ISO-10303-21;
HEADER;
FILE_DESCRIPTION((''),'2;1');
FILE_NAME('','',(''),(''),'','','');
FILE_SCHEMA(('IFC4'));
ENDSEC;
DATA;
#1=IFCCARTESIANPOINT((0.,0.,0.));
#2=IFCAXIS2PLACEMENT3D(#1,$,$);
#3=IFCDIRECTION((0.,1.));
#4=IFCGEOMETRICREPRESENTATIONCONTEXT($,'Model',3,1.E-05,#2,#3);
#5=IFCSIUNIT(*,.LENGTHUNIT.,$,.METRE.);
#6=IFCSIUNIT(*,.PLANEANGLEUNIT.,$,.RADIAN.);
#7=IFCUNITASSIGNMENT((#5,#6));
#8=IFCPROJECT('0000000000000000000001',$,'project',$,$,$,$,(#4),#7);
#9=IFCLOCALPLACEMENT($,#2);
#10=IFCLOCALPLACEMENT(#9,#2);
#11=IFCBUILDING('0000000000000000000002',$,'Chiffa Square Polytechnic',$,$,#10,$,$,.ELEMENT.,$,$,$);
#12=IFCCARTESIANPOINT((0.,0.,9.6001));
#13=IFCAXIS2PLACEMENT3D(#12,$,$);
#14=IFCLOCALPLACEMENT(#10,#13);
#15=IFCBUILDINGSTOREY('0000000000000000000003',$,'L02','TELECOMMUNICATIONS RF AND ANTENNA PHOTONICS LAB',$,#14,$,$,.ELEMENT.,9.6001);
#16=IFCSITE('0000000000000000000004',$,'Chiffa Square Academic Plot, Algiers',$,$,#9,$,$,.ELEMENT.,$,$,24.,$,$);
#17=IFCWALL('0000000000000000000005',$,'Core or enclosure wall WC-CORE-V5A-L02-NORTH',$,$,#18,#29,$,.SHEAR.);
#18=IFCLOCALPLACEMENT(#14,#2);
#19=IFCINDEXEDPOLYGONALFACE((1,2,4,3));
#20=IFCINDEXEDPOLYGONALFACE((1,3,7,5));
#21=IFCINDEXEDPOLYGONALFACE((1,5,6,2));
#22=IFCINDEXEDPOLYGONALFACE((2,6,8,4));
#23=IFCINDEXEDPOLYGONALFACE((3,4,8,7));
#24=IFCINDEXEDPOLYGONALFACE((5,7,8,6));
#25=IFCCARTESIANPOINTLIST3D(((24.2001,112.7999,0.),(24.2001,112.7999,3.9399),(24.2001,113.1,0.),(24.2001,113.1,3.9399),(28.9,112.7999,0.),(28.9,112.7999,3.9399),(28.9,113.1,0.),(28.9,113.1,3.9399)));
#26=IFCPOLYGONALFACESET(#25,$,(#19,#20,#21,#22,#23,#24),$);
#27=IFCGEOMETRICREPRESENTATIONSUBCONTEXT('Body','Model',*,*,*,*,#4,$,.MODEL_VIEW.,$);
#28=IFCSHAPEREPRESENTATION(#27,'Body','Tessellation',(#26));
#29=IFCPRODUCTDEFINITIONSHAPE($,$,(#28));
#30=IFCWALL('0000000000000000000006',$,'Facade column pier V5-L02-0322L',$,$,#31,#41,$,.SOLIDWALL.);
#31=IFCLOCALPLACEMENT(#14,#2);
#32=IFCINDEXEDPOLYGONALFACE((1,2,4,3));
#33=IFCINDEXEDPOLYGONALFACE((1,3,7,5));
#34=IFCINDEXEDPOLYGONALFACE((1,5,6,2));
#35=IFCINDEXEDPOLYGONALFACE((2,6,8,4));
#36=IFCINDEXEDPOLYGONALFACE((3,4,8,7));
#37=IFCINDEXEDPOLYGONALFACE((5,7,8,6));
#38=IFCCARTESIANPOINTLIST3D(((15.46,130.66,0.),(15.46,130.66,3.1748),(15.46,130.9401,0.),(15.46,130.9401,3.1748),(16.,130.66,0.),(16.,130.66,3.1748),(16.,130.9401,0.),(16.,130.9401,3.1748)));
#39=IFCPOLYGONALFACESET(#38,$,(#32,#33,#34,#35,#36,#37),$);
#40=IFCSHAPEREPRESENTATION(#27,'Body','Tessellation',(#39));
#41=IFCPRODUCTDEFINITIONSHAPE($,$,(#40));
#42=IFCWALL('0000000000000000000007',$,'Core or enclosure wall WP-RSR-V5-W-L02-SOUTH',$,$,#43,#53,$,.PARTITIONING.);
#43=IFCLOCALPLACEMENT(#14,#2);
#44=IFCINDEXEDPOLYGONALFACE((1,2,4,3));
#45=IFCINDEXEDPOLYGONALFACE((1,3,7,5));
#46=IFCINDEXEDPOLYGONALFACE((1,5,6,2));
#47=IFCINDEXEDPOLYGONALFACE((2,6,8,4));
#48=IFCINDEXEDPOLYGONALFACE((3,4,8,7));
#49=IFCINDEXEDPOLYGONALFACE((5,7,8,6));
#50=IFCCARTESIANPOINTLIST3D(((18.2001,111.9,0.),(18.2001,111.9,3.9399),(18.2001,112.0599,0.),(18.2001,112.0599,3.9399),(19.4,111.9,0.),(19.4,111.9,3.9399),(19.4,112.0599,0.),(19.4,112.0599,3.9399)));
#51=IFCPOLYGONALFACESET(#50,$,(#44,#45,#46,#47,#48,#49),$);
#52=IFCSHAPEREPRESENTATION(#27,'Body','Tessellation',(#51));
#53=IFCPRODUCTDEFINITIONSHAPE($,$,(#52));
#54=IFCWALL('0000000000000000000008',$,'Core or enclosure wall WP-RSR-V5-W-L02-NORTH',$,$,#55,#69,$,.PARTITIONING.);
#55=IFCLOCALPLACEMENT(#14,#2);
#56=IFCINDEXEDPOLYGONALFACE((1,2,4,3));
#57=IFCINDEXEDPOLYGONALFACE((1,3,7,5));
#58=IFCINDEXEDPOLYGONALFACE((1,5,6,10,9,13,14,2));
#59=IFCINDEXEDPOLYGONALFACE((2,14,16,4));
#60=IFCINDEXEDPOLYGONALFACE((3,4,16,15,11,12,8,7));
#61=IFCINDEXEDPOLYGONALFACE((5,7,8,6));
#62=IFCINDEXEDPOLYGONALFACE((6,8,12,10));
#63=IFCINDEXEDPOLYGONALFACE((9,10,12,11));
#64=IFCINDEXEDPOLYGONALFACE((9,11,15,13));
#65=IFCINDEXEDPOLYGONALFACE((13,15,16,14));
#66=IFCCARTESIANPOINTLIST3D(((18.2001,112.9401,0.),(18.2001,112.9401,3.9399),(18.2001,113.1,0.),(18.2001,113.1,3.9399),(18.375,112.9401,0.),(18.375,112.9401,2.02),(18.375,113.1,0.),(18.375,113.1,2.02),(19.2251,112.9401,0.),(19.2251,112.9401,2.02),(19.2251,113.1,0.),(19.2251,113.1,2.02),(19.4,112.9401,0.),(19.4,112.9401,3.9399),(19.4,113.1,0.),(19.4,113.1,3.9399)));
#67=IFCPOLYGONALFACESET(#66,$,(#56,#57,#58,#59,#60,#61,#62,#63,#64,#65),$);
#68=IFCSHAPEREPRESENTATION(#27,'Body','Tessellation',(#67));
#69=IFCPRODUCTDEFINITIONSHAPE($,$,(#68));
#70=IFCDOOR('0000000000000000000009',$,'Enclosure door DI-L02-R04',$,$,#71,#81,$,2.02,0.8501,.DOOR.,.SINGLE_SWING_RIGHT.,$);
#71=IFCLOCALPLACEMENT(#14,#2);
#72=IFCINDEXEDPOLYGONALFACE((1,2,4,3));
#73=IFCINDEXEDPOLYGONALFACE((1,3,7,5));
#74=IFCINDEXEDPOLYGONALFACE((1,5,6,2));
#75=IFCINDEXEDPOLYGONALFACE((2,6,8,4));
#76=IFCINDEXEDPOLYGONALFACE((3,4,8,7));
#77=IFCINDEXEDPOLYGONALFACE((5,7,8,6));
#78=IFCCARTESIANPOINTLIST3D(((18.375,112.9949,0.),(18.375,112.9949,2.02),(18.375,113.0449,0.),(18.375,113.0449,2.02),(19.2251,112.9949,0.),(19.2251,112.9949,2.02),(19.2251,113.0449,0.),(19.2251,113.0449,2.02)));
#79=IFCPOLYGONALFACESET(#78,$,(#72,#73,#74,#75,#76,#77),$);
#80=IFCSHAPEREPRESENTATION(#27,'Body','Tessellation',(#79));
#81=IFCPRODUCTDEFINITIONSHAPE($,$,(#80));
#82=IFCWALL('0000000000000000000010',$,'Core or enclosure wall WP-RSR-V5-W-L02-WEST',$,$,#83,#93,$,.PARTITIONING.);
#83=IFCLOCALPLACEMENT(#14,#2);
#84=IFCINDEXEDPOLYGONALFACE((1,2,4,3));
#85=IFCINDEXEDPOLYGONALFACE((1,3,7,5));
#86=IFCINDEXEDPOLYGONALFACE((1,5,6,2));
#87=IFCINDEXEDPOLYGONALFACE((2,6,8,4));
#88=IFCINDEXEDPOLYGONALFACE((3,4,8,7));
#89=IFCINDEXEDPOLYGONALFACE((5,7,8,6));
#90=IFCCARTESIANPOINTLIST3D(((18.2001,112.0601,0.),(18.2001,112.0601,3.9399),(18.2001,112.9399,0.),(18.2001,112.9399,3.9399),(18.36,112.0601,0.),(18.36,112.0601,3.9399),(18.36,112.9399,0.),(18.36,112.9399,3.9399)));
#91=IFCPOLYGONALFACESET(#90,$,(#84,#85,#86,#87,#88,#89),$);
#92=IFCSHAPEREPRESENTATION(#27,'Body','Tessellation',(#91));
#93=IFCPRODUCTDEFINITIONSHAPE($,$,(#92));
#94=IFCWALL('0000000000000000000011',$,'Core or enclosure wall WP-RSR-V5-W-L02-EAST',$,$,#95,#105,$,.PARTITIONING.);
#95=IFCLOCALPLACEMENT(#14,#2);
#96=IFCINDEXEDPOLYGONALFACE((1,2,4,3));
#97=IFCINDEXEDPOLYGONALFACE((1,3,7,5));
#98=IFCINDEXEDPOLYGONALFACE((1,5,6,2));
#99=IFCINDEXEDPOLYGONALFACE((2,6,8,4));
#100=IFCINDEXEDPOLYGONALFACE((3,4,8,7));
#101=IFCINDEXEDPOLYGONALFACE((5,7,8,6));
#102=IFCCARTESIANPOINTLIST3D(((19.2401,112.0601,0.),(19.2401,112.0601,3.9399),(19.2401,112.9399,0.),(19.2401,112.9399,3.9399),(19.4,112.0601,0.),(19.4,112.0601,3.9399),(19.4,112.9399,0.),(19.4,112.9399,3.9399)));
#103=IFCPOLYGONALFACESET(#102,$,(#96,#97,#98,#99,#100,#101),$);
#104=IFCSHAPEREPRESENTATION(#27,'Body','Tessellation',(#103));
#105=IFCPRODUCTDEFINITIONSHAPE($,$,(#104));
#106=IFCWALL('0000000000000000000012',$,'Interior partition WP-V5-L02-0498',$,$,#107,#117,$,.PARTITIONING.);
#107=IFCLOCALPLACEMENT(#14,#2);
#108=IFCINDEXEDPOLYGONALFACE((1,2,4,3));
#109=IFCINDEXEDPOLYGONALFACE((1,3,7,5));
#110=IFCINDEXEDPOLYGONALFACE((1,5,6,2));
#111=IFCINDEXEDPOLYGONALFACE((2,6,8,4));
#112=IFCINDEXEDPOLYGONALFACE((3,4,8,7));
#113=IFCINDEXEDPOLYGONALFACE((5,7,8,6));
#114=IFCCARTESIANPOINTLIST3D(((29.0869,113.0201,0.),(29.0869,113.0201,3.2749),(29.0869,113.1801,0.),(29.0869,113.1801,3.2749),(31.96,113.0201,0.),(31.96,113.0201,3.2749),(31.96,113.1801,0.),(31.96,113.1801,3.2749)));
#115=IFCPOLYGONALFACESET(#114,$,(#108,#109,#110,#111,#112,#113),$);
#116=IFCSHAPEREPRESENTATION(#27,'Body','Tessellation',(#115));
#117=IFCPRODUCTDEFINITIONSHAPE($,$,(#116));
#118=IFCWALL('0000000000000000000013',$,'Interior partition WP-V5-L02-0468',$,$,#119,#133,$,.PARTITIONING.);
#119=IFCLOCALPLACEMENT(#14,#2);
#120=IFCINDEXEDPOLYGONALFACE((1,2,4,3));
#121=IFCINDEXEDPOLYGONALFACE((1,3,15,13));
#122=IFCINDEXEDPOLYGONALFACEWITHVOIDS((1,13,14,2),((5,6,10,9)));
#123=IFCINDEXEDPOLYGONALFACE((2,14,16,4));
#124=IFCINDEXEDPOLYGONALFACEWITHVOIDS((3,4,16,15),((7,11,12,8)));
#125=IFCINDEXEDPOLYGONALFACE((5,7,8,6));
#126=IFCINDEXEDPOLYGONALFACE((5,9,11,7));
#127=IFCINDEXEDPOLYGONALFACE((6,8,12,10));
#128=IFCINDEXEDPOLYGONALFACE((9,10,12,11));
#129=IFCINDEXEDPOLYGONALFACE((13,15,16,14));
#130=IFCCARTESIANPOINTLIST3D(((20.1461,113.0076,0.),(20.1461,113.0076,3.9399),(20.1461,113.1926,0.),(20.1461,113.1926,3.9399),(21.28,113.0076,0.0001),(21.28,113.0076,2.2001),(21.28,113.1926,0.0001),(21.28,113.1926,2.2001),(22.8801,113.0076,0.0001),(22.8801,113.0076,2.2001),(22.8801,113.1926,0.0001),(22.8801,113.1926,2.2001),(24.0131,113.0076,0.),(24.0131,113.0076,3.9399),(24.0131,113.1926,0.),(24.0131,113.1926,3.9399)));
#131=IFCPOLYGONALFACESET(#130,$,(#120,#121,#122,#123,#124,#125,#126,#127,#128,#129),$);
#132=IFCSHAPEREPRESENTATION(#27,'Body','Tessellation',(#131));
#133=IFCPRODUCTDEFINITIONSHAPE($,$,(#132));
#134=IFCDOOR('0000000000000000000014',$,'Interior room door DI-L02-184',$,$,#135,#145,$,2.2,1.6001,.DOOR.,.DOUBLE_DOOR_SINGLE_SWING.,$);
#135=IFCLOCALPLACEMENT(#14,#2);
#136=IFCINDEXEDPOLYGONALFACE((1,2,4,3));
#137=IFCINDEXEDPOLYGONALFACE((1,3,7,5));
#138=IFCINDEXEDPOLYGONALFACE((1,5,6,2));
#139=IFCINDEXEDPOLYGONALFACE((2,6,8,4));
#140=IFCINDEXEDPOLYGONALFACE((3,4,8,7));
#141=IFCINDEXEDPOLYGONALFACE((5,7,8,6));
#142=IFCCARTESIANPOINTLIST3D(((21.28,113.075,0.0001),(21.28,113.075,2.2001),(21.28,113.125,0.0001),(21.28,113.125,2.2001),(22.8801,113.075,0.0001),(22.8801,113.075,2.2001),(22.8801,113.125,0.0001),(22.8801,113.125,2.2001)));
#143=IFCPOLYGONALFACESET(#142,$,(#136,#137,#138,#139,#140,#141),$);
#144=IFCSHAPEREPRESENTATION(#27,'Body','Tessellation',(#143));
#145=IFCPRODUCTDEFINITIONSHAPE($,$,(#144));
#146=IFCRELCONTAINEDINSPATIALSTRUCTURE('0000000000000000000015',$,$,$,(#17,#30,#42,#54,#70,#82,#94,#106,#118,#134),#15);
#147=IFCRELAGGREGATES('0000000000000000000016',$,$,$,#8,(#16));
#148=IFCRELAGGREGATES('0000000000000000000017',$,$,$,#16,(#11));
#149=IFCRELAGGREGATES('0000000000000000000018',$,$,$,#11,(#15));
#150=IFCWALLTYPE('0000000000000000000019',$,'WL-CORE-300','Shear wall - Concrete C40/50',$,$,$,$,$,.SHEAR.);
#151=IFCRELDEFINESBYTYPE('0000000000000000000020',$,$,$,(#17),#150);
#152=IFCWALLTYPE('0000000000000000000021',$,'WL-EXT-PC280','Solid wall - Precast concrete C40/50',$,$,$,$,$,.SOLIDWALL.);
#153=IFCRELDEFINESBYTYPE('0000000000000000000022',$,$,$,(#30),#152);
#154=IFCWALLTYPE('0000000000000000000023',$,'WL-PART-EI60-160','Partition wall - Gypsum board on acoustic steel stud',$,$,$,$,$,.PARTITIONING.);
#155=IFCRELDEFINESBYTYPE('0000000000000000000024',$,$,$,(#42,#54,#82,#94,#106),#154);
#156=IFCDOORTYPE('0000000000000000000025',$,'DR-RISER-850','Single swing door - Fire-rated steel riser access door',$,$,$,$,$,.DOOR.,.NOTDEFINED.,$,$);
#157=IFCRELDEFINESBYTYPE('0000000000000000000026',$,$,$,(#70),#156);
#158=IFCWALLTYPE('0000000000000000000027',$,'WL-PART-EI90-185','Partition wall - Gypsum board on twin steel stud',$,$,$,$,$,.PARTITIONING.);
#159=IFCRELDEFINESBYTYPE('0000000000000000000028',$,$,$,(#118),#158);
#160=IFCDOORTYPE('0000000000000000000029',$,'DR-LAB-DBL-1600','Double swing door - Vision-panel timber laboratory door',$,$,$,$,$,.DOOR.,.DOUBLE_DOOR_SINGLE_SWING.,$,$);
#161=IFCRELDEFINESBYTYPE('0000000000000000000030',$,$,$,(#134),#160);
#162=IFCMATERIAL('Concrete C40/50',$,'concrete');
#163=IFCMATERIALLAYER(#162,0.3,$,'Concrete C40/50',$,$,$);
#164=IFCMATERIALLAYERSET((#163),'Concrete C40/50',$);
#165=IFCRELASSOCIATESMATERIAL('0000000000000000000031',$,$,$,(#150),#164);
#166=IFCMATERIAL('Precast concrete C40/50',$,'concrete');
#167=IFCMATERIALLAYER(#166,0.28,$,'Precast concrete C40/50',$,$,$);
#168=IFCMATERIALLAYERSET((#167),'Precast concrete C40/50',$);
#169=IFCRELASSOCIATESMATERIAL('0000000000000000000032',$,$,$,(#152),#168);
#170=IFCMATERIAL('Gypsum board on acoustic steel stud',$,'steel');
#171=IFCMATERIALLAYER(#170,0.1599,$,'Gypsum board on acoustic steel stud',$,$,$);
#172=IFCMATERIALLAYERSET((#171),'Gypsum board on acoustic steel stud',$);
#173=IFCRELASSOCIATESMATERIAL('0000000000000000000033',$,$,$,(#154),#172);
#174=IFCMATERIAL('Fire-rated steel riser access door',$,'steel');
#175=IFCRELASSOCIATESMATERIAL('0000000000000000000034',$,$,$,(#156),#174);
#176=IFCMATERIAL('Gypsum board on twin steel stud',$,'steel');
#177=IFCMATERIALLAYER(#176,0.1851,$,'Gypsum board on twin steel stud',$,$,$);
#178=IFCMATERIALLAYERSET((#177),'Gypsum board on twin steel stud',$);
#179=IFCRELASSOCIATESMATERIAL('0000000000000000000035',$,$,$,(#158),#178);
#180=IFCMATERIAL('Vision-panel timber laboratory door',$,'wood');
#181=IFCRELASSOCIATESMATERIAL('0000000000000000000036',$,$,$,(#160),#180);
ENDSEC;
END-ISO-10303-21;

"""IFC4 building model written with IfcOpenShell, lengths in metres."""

from ifc_helpers import new_model, si_unit, direction, frame, frame_2d, origin, place, context, subcontext, project, spatial, rectangle, extrude, material, layer, layer_set, type_object, element, fill, save


model = new_model("IFC4")

# Units and contexts
model_context = context("Model", 3, precision=1e-05, world=origin(), true_north=direction((0.0, 1.0)))
body_context = subcontext(model_context, "Body", "Model", "MODEL_VIEW")
ifc_project = project(units=[si_unit("LENGTHUNIT", "METRE"), si_unit("PLANEANGLEUNIT", "RADIAN")], contexts=[model_context])

# Site, building, storey
site_placement = place(None, origin())
site = spatial("IfcSite", under=ifc_project, at=site_placement, Name="Chiffa Square Academic Plot, Algiers", CompositionType="ELEMENT", RefElevation=24.0)
building_placement = place(site_placement, origin())
building = spatial("IfcBuilding", under=site, at=building_placement, Name="Chiffa Square Polytechnic", CompositionType="ELEMENT")
storey_placement = place(building_placement, frame((0.0, 0.0, 9.6001)))
storey = spatial("IfcBuildingStorey", under=building, at=storey_placement, Name="L02", Description="TELECOMMUNICATIONS RF AND ANTENNA PHOTONICS LAB", CompositionType="ELEMENT", Elevation=9.6001)

# Walls
ifc_material_1 = material(Name="Concrete C40/50", Category="concrete")
ifc_layer_1 = layer(ifc_material_1, 0.3, Name="Concrete C40/50")
ifc_layer_set_1 = layer_set([ifc_layer_1], Name="Concrete C40/50")
wall_type_1 = type_object("IfcWallType", Name="WL-CORE-300", Description="Shear wall - Concrete C40/50", PredefinedType="SHEAR", material=ifc_layer_set_1)
wall_1_placement = place(storey_placement, frame((24.2, 112.95, 0.0), z_axis=(0.0, 0.0, 1.0), x_axis=(1.0, 0.0, 0.0)))
element("IfcWall", 1, at=wall_1_placement, inside=storey, type_object=wall_type_1, Name="Core or enclosure wall WC-CORE-V5A-L02-NORTH", PredefinedType="SHEAR", context=body_context, shape_type="SweptSolid", body=[
    extrude(rectangle(XDim=4.7, YDim=0.3, at=frame_2d((2.3501, 0.0))), origin(), (0.0, 0.0, 1.0), 3.9399),
])
ifc_material_2 = material(Name="Precast concrete C40/50", Category="concrete")
ifc_layer_2 = layer(ifc_material_2, 0.28, Name="Precast concrete C40/50")
ifc_layer_set_2 = layer_set([ifc_layer_2], Name="Precast concrete C40/50")
wall_type_2 = type_object("IfcWallType", Name="WL-EXT-PC280", Description="Solid wall - Precast concrete C40/50", PredefinedType="SOLIDWALL", material=ifc_layer_set_2)
wall_2_placement = place(storey_placement, frame((16.0, 130.8, 0.0), z_axis=(0.0, 0.0, 1.0), x_axis=(-1.0, 0.0, 0.0)))
element("IfcWall", 2, at=wall_2_placement, inside=storey, type_object=wall_type_2, Name="Facade column pier V5-L02-0322L", PredefinedType="SOLIDWALL", context=body_context, shape_type="SweptSolid", body=[
    extrude(rectangle(XDim=0.54, YDim=0.28, at=frame_2d((0.27, 0.0))), origin(), (0.0, 0.0, 1.0), 3.1748),
])
ifc_material_3 = material(Name="Gypsum board on acoustic steel stud", Category="steel")
ifc_layer_3 = layer(ifc_material_3, 0.1599, Name="Gypsum board on acoustic steel stud")
ifc_layer_set_3 = layer_set([ifc_layer_3], Name="Gypsum board on acoustic steel stud")
wall_type_3 = type_object("IfcWallType", Name="WL-PART-EI60-160", Description="Partition wall - Gypsum board on acoustic steel stud", PredefinedType="PARTITIONING", material=ifc_layer_set_3)
wall_3_placement = place(storey_placement, frame((18.2, 111.98, 0.0), z_axis=(0.0, 0.0, 1.0), x_axis=(1.0, 0.0, 0.0)))
element("IfcWall", 3, at=wall_3_placement, inside=storey, type_object=wall_type_3, Name="Core or enclosure wall WP-RSR-V5-W-L02-SOUTH", PredefinedType="PARTITIONING", context=body_context, shape_type="SweptSolid", body=[
    extrude(rectangle(XDim=1.2, YDim=0.1599, at=frame_2d((0.6001, 0.0))), origin(), (0.0, 0.0, 1.0), 3.9399),
])

# Wall, opening, door
wall_4_placement = place(storey_placement, frame((18.2, 113.02, 0.0), z_axis=(0.0, 0.0, 1.0), x_axis=(1.0, 0.0, 0.0)))
wall_4 = element("IfcWall", 4, at=wall_4_placement, inside=storey, type_object=wall_type_3, Name="Core or enclosure wall WP-RSR-V5-W-L02-NORTH", PredefinedType="PARTITIONING", context=body_context, shape_type="SweptSolid", body=[
    extrude(rectangle(XDim=1.2, YDim=0.1599, at=frame_2d((0.6001, 0.0))), origin(), (0.0, 0.0, 1.0), 3.9399),
])
opening_1_placement = place(wall_4_placement, frame((0.175, 0.0, 0.0)))
opening_1 = element("IfcOpeningElement", 5, at=opening_1_placement, cuts=wall_4, PredefinedType="OPENING", context=body_context, shape_type="SweptSolid", body=[
    extrude(rectangle(XDim=0.8501, YDim=2.02, at=frame_2d((0.425, 1.01))), frame((0.0, 0.0898, 0.0), z_axis=(0.0, -1.0, 0.0), x_axis=(1.0, 0.0, 0.0)), (0.0, 0.0, 1.0), 0.1799),
])
ifc_material_4 = material(Name="Fire-rated steel riser access door", Category="steel")
door_type_1 = type_object("IfcDoorType", Name="DR-RISER-850", Description="Single swing door - Fire-rated steel riser access door", OperationType="NOTDEFINED", PredefinedType="DOOR", material=ifc_material_4)
door_1_placement = place(opening_1_placement, origin())
door_1 = element("IfcDoor", 6, at=door_1_placement, inside=storey, type_object=door_type_1, Name="Enclosure door DI-L02-R04", OperationType="SINGLE_SWING_RIGHT", OverallHeight=2.02, OverallWidth=0.8501, PredefinedType="DOOR", context=body_context, shape_type="SweptSolid", body=[
    extrude(rectangle(XDim=0.8501, YDim=2.02, at=frame_2d((0.425, 1.01))), frame((0.0, 0.0249, 0.0), z_axis=(0.0, -1.0, 0.0), x_axis=(1.0, 0.0, 0.0)), (0.0, 0.0, 1.0), 0.05),
])
fill(opening_1, door_1)

# Walls
for number, where, z_axis, x_axis, name in (
    (7, (18.28, 112.0601, 0.0), (0.0, 0.0, 1.0), (0.0, 1.0, 0.0), "Core or enclosure wall WP-RSR-V5-W-L02-WEST"),
    (8, (19.3201, 112.0601, 0.0), (0.0, 0.0, 1.0), (0.0, 1.0, 0.0), "Core or enclosure wall WP-RSR-V5-W-L02-EAST"),
):
    element("IfcWall", number, at=place(storey_placement, frame(where, z_axis=z_axis, x_axis=x_axis)), inside=storey, type_object=wall_type_3, Name=name, PredefinedType="PARTITIONING", context=body_context, shape_type="SweptSolid", body=[
        extrude(rectangle(XDim=0.8799, YDim=0.1599, at=frame_2d((0.4399, 0.0))), origin(), (0.0, 0.0, 1.0), 3.9399),
    ])
wall_5_placement = place(storey_placement, frame((29.0869, 113.1001, 0.0), z_axis=(0.0, 0.0, 1.0), x_axis=(1.0, 0.0, 0.0)))
element("IfcWall", 9, at=wall_5_placement, inside=storey, type_object=wall_type_3, Name="Interior partition WP-V5-L02-0498", PredefinedType="PARTITIONING", context=body_context, shape_type="SweptSolid", body=[
    extrude(rectangle(XDim=2.873, YDim=0.1599, at=frame_2d((1.4365, 0.0))), origin(), (0.0, 0.0, 1.0), 3.2749),
])

# Wall, opening, door
ifc_material_5 = material(Name="Gypsum board on twin steel stud", Category="steel")
ifc_layer_4 = layer(ifc_material_5, 0.1851, Name="Gypsum board on twin steel stud")
ifc_layer_set_4 = layer_set([ifc_layer_4], Name="Gypsum board on twin steel stud")
wall_type_4 = type_object("IfcWallType", Name="WL-PART-EI90-185", Description="Partition wall - Gypsum board on twin steel stud", PredefinedType="PARTITIONING", material=ifc_layer_set_4)
wall_6_placement = place(storey_placement, frame((20.146, 113.1001, 0.0), z_axis=(0.0, 0.0, 1.0), x_axis=(1.0, 0.0, 0.0)))
wall_6 = element("IfcWall", 10, at=wall_6_placement, inside=storey, type_object=wall_type_4, Name="Interior partition WP-V5-L02-0468", PredefinedType="PARTITIONING", context=body_context, shape_type="SweptSolid", body=[
    extrude(rectangle(XDim=3.8669, YDim=0.1851, at=frame_2d((1.9336, 0.0))), origin(), (0.0, 0.0, 1.0), 3.9399),
])
opening_2_placement = place(wall_6_placement, frame((1.134, 0.0, 0.0)))
opening_2 = element("IfcOpeningElement", 11, at=opening_2_placement, cuts=wall_6, PredefinedType="OPENING", context=body_context, shape_type="SweptSolid", body=[
    extrude(rectangle(XDim=1.6001, YDim=2.2, at=frame_2d((0.8, 1.1001))), frame((0.0, 0.1025, 0.0), z_axis=(0.0, -1.0, 0.0), x_axis=(1.0, 0.0, 0.0)), (0.0, 0.0, 1.0), 0.2051),
])
ifc_material_6 = material(Name="Vision-panel timber laboratory door", Category="wood")
door_type_2 = type_object("IfcDoorType", Name="DR-LAB-DBL-1600", Description="Double swing door - Vision-panel timber laboratory door", OperationType="DOUBLE_DOOR_SINGLE_SWING", PredefinedType="DOOR", material=ifc_material_6)
door_2_placement = place(opening_2_placement, origin())
door_2 = element("IfcDoor", 12, at=door_2_placement, inside=storey, type_object=door_type_2, Name="Interior room door DI-L02-184", OperationType="DOUBLE_DOOR_SINGLE_SWING", OverallHeight=2.2, OverallWidth=1.6001, PredefinedType="DOOR", context=body_context, shape_type="SweptSolid", body=[
    extrude(rectangle(XDim=1.6001, YDim=2.2, at=frame_2d((0.8, 1.1001))), frame((0.0, 0.0249, 0.0), z_axis=(0.0, -1.0, 0.0), x_axis=(1.0, 0.0, 0.0)), (0.0, 0.0, 1.0), 0.05),
])
fill(opening_2, door_2)

save(model, "model.ifc")
